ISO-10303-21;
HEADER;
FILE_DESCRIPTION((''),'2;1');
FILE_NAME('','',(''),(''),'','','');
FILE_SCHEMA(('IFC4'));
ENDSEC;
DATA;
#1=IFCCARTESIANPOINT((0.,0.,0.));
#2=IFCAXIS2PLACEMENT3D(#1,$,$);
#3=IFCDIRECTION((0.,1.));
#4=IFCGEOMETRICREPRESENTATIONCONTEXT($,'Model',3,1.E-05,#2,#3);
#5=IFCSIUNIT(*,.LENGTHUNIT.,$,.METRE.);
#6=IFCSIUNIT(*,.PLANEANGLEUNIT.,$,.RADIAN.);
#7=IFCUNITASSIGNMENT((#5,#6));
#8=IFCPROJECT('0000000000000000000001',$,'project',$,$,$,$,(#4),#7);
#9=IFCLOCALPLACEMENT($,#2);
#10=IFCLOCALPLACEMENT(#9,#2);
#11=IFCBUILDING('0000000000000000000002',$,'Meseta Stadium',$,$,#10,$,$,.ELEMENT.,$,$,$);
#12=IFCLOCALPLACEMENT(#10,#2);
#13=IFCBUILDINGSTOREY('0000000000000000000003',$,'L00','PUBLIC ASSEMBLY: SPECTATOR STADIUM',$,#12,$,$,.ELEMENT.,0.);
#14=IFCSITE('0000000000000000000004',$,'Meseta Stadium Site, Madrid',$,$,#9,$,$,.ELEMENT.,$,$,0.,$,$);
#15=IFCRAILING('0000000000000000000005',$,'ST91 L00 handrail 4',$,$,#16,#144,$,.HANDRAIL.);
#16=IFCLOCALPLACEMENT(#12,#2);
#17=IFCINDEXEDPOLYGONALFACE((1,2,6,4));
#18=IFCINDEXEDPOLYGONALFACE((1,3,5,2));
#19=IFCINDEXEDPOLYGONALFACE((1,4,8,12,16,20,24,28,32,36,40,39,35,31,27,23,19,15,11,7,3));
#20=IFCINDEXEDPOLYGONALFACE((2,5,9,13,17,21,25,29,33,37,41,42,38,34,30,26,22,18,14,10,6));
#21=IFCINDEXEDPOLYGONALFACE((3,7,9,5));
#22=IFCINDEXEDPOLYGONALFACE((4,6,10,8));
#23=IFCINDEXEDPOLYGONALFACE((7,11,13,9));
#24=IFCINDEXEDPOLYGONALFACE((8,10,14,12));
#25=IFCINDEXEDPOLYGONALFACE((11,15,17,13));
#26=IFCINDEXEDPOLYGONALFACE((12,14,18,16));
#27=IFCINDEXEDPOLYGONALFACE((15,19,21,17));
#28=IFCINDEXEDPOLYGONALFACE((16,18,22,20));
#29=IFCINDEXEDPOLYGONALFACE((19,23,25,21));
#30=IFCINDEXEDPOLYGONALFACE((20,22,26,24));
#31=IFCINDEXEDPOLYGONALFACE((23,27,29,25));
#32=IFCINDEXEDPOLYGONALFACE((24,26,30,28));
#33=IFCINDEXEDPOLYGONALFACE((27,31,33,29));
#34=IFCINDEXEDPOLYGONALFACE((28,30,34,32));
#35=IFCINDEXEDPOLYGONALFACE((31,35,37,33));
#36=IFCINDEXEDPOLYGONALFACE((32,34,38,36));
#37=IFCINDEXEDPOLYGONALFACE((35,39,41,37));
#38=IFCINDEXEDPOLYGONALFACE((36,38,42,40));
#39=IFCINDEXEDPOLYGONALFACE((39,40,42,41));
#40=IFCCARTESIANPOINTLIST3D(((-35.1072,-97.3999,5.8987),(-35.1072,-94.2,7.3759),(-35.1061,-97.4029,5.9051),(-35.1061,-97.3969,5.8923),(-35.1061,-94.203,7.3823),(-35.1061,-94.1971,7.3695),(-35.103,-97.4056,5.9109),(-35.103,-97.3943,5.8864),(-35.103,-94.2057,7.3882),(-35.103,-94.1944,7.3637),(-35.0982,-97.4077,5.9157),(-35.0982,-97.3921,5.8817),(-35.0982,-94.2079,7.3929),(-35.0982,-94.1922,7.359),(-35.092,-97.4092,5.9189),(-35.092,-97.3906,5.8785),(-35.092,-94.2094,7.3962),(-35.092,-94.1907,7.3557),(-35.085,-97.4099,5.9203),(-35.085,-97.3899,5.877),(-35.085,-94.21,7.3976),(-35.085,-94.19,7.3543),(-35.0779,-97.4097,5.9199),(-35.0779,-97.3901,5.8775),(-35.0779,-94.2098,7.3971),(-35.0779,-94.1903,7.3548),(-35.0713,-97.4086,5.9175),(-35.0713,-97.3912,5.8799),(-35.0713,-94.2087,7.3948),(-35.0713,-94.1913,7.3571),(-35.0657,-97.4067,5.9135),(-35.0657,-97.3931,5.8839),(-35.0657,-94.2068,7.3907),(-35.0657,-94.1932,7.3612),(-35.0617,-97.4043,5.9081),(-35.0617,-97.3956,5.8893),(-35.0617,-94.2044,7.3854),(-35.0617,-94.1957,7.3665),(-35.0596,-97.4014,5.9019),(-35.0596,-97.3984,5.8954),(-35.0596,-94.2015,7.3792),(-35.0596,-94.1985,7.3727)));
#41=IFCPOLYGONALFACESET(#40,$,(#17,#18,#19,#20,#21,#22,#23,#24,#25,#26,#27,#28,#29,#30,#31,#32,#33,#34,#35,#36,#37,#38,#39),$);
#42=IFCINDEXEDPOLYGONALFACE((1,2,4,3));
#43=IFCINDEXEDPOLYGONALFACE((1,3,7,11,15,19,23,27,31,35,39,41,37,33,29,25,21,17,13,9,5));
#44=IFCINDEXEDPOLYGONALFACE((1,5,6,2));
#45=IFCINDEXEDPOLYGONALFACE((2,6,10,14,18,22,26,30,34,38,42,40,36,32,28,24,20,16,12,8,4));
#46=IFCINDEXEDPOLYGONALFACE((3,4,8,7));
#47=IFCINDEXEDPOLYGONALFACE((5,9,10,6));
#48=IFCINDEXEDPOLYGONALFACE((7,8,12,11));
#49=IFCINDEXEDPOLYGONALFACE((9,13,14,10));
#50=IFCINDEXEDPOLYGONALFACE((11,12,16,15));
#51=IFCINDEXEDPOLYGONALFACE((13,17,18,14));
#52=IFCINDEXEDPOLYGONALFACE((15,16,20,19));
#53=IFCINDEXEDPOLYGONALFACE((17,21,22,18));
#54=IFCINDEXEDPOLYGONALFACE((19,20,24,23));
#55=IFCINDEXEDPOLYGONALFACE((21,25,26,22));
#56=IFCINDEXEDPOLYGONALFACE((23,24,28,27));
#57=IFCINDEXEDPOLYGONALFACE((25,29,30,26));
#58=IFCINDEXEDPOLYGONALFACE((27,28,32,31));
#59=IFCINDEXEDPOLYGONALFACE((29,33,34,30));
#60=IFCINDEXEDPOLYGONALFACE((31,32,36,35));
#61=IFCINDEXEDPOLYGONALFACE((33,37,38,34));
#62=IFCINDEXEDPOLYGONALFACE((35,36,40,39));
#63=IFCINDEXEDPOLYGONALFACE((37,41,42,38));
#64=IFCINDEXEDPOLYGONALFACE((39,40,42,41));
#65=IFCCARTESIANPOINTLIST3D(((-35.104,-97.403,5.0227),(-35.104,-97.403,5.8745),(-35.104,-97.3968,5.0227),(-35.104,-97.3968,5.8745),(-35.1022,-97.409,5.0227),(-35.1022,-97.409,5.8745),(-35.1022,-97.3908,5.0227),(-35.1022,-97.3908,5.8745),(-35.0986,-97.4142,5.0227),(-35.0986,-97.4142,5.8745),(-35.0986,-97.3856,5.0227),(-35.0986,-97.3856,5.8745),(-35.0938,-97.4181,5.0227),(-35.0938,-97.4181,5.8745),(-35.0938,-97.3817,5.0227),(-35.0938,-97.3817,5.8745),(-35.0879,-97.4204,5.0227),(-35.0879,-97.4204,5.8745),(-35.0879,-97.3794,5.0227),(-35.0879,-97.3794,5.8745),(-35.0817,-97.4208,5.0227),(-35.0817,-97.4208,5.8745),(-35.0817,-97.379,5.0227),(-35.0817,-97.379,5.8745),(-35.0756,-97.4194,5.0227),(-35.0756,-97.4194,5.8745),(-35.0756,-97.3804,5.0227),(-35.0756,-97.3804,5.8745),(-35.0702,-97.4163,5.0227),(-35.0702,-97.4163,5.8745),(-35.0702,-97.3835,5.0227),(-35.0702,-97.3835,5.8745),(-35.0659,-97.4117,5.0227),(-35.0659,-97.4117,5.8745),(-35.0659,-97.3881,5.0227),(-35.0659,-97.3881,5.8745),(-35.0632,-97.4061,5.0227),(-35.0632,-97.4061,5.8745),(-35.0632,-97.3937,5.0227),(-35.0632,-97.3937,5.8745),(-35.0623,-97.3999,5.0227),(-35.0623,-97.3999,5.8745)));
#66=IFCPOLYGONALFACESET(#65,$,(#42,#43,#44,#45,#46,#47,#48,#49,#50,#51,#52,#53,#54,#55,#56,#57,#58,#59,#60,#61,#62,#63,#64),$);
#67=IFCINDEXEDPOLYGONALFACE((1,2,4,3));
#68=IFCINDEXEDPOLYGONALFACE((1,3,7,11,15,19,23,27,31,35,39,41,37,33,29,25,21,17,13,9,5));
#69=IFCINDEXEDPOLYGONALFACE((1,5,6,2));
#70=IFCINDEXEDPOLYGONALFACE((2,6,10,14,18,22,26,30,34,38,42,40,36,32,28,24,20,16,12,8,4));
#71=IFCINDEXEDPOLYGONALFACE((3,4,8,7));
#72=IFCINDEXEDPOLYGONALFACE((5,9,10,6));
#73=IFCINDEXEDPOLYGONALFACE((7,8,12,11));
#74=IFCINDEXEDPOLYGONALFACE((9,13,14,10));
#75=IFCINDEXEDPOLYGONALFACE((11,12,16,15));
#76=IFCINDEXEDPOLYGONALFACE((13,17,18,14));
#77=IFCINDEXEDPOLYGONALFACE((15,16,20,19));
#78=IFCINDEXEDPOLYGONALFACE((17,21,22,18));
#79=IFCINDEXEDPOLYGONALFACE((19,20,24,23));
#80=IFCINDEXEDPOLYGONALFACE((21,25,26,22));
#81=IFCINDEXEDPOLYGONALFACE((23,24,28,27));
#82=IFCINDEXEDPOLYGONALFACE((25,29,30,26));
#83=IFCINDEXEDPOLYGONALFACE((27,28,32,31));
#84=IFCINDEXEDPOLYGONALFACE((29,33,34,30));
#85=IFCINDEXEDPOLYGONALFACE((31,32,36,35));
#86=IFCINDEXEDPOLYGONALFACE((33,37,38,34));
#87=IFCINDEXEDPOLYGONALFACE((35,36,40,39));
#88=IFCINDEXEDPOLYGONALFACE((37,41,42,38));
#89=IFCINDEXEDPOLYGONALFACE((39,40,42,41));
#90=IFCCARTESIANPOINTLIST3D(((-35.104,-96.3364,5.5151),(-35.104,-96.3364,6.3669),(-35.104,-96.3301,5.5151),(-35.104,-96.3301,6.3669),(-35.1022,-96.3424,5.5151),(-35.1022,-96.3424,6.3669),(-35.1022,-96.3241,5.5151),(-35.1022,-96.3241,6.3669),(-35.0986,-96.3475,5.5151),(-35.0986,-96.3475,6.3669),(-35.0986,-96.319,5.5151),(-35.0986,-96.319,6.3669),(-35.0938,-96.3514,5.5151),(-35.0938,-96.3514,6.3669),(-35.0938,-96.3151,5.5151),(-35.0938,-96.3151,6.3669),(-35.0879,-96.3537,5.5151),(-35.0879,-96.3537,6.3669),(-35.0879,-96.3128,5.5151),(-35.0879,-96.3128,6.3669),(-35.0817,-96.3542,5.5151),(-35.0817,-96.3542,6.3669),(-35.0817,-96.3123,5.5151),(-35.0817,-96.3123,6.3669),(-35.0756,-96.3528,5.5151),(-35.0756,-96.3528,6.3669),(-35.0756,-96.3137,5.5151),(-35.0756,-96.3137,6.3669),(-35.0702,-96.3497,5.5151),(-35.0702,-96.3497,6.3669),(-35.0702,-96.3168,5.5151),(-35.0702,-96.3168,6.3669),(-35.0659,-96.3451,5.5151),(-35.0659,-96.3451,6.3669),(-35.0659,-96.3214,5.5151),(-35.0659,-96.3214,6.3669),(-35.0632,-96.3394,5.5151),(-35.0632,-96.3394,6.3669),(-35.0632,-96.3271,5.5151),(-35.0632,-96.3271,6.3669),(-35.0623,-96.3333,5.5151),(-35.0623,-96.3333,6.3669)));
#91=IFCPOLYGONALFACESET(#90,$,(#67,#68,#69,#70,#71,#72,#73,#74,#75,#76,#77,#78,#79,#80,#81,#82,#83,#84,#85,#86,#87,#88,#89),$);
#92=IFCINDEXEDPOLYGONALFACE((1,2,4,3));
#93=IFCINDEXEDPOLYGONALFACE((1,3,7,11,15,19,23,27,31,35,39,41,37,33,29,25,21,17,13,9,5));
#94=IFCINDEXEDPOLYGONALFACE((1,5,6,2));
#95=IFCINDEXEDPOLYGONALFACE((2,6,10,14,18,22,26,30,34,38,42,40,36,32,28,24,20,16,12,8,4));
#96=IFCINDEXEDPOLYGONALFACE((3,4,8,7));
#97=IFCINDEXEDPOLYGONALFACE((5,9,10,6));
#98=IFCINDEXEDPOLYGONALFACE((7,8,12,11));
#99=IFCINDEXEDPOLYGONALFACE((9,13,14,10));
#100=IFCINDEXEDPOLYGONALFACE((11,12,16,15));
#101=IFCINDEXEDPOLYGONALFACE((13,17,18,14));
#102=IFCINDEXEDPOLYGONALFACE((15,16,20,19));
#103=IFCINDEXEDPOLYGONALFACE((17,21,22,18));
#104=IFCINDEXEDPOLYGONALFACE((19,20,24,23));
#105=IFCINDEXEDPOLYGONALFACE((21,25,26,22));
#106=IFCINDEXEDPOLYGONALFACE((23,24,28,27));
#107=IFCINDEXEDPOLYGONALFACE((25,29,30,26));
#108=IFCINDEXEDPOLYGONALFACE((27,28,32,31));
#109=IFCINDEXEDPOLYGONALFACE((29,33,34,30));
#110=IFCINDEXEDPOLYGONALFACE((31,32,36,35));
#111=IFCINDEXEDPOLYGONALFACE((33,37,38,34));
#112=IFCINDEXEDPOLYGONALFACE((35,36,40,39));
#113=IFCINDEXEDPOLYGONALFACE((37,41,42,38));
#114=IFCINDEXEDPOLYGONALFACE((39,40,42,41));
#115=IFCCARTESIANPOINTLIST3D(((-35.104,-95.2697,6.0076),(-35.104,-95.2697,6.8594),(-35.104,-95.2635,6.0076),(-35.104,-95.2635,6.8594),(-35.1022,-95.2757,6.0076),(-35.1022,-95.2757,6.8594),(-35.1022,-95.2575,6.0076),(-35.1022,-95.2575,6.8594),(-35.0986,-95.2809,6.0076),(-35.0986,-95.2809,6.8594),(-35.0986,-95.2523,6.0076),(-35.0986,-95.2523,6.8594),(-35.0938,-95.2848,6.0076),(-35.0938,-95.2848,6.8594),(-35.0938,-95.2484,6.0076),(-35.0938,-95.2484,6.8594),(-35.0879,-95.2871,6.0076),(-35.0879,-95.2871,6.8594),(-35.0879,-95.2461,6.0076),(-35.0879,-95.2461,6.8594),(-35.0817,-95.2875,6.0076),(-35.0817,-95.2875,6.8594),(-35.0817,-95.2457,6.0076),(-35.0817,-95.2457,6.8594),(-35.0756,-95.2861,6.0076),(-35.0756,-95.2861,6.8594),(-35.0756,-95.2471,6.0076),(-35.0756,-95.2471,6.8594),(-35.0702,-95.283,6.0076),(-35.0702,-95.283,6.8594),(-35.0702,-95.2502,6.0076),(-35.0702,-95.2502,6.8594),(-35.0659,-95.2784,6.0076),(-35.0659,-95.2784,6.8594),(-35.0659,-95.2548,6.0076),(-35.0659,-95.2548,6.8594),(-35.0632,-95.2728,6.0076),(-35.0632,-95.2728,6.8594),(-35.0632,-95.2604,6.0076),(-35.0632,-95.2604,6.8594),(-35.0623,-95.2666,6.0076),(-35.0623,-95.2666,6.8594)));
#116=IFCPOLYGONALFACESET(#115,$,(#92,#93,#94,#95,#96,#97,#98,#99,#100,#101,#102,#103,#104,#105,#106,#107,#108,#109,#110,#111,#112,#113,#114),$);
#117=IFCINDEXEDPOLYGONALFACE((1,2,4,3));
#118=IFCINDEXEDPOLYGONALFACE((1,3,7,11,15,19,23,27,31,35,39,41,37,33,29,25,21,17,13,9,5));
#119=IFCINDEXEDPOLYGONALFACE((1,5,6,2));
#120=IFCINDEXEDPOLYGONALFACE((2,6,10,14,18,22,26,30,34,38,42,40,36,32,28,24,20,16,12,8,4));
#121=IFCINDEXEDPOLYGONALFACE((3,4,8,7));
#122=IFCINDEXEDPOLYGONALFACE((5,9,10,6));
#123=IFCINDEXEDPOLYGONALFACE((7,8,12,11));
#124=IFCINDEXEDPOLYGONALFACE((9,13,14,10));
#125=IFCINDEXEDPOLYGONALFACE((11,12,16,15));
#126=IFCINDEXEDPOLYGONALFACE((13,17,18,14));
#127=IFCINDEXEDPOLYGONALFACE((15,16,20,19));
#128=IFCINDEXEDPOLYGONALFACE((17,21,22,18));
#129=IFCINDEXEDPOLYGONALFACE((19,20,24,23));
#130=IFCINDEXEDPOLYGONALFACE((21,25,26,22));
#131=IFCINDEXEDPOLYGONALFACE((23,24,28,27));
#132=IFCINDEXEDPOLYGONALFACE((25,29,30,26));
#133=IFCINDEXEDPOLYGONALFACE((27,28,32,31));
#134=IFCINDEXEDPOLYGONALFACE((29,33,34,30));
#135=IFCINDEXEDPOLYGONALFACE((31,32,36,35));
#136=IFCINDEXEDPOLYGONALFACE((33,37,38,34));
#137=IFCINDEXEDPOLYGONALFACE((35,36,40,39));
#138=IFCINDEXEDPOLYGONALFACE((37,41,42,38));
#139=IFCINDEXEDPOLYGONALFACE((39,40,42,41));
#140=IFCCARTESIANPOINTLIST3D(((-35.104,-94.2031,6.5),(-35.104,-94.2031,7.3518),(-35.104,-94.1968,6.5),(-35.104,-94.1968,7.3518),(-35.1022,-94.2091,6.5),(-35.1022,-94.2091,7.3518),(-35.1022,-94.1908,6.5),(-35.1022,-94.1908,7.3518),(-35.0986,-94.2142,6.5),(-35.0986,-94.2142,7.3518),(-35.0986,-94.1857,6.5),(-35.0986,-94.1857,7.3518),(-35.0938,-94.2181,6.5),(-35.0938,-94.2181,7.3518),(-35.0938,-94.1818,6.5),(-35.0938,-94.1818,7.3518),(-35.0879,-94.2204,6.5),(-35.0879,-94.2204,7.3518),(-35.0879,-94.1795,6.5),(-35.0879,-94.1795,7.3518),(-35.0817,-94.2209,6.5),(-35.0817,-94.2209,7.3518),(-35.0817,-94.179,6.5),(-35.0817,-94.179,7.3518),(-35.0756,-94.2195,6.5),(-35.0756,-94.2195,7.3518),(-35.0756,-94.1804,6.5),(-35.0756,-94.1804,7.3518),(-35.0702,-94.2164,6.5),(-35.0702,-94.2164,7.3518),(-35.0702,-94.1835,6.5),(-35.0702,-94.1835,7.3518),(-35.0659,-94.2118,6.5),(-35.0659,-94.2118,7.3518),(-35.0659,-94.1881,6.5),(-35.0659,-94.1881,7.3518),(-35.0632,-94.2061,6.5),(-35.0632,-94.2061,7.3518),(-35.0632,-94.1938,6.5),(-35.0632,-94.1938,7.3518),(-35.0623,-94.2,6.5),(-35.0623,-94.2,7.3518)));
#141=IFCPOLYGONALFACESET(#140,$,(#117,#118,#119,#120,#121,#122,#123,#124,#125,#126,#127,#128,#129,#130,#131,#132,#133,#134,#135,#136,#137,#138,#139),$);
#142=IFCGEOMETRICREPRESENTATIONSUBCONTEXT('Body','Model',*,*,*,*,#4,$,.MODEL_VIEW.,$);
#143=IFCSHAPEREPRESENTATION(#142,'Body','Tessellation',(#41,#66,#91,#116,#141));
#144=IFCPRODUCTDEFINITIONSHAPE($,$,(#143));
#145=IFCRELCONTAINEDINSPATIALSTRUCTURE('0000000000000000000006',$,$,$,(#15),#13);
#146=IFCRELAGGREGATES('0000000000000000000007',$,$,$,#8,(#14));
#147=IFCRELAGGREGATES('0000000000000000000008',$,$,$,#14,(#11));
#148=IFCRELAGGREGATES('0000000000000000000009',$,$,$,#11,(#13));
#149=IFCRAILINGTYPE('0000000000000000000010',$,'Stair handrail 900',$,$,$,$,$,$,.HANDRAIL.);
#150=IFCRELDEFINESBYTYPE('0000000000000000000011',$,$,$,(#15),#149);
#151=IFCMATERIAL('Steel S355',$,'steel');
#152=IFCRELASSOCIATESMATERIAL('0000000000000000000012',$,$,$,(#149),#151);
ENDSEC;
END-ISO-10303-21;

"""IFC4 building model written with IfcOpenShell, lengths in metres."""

from ifc_helpers import new_model, si_unit, direction, frame, origin, origin_2d, place, context, subcontext, project, spatial, circle, extrude, material, type_object, element, save


model = new_model("IFC4")

# Units and contexts
model_context = context("Model", 3, precision=1e-05, world=origin(), true_north=direction((0.0, 1.0)))
body_context = subcontext(model_context, "Body", "Model", "MODEL_VIEW")
ifc_project = project(units=[si_unit("LENGTHUNIT", "METRE"), si_unit("PLANEANGLEUNIT", "RADIAN")], contexts=[model_context])

# Site, building, storey
site_placement = place(None, origin())
site = spatial("IfcSite", under=ifc_project, at=site_placement, Name="Meseta Stadium Site, Madrid", CompositionType="ELEMENT", RefElevation=0.0)
building_placement = place(site_placement, origin())
building = spatial("IfcBuilding", under=site, at=building_placement, Name="Meseta Stadium", CompositionType="ELEMENT")
storey_placement = place(building_placement, origin())
storey = spatial("IfcBuildingStorey", under=building, at=storey_placement, Name="L00", Description="PUBLIC ASSEMBLY: SPECTATOR STADIUM", CompositionType="ELEMENT", Elevation=0.0)

# Railing
ifc_material_1 = material(Name="Steel S355", Category="steel")
railing_type_1 = type_object("IfcRailingType", Name="Stair handrail 900", PredefinedType="HANDRAIL", material=ifc_material_1)
for number, where, name in (
    (1, (-35.0833, -97.3999, 5.0227), "ST91 L00 handrail 4"),
):
    element("IfcRailing", number, at=place(storey_placement, frame(where)), inside=storey, type_object=railing_type_1, Name=name, PredefinedType="HANDRAIL", context=body_context, shape_type="SweptSolid", body=[
        extrude(circle(Radius=0.0239, at=origin_2d()), frame((0.0, 0.0, 0.876), z_axis=(0.0, 0.907917, 0.41915), x_axis=(-1.0, 0.0, 0.0)), (0.0, 0.0, 1.0), 3.5244),
        extrude(circle(Radius=0.021, at=origin_2d()), origin(), (0.0, 0.0, 1.0), 0.8518),
        extrude(circle(Radius=0.021, at=origin_2d()), frame((0.0, 1.0667, 0.4924)), (0.0, 0.0, 1.0), 0.8518),
        extrude(circle(Radius=0.021, at=origin_2d()), frame((0.0, 2.1333, 0.9849)), (0.0, 0.0, 1.0), 0.8518),
        extrude(circle(Radius=0.021, at=origin_2d()), frame((0.0, 3.2, 1.4773)), (0.0, 0.0, 1.0), 0.8518),
    ])

save(model, "model.ifc")
